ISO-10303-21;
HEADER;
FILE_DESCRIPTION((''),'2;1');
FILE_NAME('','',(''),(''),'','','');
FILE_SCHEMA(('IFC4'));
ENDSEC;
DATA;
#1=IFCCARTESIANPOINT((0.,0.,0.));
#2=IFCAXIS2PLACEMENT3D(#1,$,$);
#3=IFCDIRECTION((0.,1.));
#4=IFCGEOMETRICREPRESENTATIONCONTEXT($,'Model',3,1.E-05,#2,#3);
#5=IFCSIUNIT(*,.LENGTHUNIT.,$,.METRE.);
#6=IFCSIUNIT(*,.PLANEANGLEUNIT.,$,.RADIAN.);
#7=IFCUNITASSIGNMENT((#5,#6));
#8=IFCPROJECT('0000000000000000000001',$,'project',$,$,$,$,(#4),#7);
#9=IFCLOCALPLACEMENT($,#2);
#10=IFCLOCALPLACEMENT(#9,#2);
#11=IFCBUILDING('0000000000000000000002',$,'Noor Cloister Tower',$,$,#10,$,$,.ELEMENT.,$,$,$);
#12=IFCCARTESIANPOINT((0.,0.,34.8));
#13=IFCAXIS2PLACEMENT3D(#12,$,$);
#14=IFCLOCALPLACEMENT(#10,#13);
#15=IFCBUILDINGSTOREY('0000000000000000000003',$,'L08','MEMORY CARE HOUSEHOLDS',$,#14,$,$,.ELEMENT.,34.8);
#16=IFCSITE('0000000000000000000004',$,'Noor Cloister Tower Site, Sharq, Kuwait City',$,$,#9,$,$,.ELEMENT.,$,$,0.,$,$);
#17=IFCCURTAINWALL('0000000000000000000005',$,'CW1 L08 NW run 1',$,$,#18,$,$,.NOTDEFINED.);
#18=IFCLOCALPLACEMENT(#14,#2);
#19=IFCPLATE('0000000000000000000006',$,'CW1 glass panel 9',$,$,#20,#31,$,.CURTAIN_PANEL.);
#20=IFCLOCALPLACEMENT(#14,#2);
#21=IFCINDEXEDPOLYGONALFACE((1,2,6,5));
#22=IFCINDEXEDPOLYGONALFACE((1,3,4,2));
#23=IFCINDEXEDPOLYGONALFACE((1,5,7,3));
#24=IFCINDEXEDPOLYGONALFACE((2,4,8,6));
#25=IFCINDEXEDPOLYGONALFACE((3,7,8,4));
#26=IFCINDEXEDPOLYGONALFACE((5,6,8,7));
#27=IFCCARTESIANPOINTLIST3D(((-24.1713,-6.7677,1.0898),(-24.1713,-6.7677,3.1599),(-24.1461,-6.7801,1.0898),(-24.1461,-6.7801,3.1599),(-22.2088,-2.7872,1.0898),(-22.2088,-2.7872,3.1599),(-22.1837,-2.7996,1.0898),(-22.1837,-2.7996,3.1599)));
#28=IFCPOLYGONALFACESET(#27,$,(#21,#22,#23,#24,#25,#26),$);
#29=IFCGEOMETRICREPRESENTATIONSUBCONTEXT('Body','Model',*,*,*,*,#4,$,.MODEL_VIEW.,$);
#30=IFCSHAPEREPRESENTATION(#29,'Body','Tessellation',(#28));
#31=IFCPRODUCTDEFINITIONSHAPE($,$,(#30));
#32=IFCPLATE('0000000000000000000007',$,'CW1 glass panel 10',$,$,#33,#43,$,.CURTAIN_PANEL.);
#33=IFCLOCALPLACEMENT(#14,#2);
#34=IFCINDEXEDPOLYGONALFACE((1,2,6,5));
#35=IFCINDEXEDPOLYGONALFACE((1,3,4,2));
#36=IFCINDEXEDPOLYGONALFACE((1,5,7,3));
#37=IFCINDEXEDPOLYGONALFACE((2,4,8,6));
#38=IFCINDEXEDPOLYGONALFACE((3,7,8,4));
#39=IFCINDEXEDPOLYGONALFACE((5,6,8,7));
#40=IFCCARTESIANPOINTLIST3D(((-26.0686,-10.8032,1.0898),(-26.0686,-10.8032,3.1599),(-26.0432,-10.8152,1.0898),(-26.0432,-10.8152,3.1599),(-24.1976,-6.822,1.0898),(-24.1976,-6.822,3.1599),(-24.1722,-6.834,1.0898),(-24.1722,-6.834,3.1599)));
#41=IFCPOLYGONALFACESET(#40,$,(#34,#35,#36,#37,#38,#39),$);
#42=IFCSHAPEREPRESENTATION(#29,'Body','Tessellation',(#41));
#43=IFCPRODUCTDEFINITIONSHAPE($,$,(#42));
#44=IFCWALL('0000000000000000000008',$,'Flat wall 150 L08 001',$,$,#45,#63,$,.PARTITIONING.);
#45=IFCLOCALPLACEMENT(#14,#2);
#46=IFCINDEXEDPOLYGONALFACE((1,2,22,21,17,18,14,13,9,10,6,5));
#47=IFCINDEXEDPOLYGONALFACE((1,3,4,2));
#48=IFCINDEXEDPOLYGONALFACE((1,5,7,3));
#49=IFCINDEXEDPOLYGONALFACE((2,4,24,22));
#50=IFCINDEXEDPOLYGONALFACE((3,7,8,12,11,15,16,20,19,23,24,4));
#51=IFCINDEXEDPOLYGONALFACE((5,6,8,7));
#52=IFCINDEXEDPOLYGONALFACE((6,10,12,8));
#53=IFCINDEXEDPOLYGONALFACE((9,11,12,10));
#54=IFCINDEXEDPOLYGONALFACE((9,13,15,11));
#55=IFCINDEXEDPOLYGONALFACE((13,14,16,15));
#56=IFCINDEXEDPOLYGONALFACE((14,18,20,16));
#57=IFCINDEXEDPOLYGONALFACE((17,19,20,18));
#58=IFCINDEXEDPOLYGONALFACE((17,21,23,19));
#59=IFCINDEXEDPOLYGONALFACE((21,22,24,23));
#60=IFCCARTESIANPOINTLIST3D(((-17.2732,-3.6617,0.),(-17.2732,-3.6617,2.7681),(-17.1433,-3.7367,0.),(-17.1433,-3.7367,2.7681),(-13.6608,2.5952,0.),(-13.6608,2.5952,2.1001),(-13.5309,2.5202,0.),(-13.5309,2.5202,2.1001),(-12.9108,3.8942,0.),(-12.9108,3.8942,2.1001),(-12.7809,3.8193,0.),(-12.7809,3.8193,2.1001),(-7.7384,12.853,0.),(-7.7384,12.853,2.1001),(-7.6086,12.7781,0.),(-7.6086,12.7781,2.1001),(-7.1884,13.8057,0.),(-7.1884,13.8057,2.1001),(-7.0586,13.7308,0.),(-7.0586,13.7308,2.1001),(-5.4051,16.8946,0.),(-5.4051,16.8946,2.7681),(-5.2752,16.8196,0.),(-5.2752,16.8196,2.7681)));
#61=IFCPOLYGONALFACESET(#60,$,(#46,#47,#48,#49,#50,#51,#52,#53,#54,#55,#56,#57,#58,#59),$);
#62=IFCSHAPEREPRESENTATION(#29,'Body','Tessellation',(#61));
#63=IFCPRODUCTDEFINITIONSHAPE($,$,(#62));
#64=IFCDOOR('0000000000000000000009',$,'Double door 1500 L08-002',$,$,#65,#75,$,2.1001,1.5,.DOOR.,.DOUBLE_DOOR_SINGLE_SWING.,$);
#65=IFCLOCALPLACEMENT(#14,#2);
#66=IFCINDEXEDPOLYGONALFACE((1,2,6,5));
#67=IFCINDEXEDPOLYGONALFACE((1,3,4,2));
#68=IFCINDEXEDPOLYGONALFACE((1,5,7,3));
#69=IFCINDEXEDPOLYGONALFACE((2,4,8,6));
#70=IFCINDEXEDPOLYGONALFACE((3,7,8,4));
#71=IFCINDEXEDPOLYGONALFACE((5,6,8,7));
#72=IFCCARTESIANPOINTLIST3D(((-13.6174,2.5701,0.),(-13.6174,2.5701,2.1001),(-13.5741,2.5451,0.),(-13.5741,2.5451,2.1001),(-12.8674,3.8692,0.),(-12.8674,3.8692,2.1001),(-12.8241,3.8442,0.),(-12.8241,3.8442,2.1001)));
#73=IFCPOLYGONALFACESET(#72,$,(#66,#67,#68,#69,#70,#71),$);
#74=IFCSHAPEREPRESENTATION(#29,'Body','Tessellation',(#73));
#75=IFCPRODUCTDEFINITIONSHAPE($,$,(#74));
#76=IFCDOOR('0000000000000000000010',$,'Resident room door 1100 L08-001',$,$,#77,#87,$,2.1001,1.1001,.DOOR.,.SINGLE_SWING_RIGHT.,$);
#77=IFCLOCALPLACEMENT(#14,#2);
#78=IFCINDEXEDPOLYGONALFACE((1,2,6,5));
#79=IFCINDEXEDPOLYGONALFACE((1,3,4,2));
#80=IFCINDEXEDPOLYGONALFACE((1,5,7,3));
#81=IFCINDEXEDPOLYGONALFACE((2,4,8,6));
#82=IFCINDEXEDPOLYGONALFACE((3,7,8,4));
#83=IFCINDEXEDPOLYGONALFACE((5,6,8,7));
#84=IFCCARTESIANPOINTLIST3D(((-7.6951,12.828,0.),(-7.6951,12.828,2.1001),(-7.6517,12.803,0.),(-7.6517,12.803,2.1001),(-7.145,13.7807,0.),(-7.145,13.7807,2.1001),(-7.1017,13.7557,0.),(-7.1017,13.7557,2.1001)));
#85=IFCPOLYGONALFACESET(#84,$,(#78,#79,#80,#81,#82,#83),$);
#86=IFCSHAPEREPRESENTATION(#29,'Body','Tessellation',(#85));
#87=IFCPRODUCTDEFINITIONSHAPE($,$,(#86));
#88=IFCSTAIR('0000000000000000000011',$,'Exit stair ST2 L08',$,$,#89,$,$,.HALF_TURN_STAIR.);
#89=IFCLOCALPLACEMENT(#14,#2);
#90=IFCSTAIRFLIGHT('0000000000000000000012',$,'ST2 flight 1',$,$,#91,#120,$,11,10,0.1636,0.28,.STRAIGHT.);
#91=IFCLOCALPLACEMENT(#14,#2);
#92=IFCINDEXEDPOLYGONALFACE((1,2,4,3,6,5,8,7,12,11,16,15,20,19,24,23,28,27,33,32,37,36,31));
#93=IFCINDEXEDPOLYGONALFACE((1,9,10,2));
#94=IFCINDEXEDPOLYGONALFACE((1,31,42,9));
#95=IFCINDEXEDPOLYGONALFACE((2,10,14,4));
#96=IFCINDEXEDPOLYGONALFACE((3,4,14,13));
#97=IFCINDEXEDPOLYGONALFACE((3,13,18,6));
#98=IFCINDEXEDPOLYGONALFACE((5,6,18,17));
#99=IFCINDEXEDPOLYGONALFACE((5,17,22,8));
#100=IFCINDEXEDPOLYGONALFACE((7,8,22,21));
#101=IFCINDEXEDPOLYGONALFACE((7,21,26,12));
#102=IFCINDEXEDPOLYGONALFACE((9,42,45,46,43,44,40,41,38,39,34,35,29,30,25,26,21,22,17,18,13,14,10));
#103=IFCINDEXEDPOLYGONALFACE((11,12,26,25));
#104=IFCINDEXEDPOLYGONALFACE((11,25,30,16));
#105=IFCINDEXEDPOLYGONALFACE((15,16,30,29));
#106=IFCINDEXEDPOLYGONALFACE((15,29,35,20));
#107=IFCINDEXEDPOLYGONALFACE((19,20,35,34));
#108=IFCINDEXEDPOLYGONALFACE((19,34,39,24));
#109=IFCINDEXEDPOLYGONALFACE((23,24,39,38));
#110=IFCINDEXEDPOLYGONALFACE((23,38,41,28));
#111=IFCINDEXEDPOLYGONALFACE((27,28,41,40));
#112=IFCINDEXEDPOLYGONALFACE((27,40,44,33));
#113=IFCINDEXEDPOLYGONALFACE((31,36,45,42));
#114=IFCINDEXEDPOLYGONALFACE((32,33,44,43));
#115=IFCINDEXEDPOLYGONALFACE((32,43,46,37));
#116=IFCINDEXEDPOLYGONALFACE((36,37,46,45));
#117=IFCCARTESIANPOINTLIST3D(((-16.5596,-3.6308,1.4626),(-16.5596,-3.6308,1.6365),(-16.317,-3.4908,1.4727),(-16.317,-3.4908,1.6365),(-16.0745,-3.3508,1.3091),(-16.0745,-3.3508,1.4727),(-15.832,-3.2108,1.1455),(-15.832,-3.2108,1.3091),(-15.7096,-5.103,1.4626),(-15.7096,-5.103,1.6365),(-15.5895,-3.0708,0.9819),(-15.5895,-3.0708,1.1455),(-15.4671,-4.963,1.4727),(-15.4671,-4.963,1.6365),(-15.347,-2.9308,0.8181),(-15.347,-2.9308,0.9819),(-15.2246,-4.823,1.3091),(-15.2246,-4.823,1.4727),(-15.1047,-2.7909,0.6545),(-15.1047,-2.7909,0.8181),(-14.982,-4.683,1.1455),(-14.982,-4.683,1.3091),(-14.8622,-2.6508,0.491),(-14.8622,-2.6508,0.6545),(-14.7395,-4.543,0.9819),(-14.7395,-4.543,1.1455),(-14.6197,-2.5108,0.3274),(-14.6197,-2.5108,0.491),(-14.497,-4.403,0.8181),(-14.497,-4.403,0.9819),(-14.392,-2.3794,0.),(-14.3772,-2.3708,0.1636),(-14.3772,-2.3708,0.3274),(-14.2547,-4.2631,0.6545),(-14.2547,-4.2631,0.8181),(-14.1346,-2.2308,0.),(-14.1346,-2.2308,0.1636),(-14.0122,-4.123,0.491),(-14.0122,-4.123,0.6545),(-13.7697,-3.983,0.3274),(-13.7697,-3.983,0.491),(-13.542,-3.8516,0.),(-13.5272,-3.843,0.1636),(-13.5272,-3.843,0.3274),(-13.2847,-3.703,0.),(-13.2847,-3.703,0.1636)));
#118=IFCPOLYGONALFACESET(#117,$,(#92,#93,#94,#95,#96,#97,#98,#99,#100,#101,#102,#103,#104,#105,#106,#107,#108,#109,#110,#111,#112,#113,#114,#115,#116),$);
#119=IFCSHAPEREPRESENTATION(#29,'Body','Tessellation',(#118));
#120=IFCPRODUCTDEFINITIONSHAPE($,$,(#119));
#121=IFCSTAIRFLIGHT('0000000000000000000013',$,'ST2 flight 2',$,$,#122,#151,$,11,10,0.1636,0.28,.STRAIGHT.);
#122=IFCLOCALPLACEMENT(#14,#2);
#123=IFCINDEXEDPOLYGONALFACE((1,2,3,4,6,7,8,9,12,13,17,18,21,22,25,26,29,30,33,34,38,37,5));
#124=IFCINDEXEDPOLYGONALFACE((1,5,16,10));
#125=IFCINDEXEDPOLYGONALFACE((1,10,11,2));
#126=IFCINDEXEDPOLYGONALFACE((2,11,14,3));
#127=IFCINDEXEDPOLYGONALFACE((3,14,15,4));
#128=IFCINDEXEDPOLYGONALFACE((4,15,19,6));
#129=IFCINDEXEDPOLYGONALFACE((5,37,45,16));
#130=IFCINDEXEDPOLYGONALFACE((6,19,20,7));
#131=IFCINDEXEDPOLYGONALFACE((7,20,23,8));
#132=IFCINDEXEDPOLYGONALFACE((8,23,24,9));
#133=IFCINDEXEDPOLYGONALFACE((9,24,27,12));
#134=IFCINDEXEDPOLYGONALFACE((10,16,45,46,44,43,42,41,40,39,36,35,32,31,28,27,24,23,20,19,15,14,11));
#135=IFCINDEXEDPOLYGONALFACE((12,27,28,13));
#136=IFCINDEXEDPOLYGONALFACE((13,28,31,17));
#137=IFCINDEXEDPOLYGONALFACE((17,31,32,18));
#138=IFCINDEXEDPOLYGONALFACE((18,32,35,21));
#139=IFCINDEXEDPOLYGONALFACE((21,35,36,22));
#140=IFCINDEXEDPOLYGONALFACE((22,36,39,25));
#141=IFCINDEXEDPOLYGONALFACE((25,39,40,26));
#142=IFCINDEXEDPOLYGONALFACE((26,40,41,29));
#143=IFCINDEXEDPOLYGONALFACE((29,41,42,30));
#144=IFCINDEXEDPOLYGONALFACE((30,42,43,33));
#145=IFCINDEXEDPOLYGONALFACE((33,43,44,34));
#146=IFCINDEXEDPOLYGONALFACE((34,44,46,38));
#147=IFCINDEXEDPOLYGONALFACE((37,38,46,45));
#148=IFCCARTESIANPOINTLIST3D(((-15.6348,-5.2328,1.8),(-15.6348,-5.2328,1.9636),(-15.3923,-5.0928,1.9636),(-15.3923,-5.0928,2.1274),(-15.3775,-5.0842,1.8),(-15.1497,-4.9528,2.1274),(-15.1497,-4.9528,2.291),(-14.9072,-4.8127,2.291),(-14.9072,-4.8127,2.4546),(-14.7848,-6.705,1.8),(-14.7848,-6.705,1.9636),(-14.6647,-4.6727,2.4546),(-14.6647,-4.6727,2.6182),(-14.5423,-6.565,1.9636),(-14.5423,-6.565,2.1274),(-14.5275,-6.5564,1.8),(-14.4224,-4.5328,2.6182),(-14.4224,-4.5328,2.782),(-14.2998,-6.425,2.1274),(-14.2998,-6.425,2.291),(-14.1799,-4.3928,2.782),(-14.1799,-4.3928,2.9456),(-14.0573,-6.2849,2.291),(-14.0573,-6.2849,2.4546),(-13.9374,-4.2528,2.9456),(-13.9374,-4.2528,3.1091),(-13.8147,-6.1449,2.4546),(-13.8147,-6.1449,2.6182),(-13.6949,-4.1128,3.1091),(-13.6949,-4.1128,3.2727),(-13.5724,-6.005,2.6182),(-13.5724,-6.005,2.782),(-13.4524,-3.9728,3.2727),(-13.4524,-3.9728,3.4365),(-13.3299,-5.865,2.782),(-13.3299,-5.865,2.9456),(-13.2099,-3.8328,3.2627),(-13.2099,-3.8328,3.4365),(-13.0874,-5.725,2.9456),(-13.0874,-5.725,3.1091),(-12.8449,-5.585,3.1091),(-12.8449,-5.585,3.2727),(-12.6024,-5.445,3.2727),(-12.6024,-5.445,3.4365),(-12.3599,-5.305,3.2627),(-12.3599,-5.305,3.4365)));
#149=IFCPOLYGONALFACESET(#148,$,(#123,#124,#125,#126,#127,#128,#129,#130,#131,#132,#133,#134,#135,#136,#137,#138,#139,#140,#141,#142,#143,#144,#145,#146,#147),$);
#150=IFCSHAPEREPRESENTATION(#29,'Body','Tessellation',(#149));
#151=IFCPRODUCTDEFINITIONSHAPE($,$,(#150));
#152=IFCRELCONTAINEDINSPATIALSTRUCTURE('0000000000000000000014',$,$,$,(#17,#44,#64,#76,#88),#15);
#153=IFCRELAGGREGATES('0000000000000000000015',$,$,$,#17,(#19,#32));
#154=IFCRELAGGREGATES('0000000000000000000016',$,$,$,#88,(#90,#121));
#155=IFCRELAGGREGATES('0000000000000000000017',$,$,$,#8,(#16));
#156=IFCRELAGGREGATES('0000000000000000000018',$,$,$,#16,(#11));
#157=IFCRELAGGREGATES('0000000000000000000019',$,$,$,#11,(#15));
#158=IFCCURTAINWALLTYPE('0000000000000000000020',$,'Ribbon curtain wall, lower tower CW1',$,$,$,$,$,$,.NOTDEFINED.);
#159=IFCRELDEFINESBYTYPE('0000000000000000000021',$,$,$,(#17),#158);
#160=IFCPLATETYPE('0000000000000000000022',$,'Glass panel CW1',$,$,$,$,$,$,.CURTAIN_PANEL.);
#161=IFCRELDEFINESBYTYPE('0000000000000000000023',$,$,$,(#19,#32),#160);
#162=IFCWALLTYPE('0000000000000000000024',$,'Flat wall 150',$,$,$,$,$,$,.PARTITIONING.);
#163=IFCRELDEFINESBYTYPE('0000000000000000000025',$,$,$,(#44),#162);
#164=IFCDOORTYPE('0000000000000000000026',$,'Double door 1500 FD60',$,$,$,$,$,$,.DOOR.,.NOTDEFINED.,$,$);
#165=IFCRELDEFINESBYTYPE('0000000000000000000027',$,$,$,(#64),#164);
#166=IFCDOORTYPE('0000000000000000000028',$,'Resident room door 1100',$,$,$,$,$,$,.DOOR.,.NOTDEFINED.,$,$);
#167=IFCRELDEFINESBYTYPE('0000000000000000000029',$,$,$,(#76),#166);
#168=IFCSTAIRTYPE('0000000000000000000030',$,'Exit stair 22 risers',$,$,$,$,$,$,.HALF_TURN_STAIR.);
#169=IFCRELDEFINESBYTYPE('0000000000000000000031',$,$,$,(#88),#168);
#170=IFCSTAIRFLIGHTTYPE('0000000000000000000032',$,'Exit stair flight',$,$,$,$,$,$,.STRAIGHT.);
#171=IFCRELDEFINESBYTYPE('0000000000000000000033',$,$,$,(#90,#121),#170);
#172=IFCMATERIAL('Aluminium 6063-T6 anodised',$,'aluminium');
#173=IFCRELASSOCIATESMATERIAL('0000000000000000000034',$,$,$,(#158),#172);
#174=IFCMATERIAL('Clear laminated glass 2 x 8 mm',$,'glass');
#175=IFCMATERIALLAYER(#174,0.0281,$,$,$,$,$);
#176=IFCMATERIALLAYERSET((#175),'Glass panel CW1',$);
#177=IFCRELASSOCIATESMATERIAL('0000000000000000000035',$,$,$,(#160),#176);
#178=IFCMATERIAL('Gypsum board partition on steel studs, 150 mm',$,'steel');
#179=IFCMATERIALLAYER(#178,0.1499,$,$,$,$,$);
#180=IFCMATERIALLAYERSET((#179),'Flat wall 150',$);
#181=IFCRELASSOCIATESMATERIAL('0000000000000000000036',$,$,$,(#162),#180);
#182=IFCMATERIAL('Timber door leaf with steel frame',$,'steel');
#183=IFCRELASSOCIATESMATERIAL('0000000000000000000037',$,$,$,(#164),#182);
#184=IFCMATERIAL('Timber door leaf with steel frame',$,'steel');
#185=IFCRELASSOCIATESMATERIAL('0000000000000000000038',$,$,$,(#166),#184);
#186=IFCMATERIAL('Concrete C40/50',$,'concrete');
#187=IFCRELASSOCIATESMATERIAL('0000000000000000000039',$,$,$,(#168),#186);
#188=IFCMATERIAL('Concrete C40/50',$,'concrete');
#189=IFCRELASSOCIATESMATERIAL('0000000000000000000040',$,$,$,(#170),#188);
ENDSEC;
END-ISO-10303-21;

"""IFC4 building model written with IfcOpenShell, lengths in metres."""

from ifc_helpers import new_model, si_unit, direction, frame, frame_2d, origin, origin_2d, place, context, subcontext, project, spatial, polyline, rectangle, outline, extrude, material, layer, layer_set, type_object, element, fill, aggregate, save


model = new_model("IFC4")

# Units and contexts
model_context = context("Model", 3, precision=1e-05, world=origin(), true_north=direction((0.0, 1.0)))
body_context = subcontext(model_context, "Body", "Model", "MODEL_VIEW")
ifc_project = project(units=[si_unit("LENGTHUNIT", "METRE"), si_unit("PLANEANGLEUNIT", "RADIAN")], contexts=[model_context])

# Site, building, storey
site_placement = place(None, origin())
site = spatial("IfcSite", under=ifc_project, at=site_placement, Name="Noor Cloister Tower Site, Sharq, Kuwait City", CompositionType="ELEMENT", RefElevation=0.0)
building_placement = place(site_placement, origin())
building = spatial("IfcBuilding", under=site, at=building_placement, Name="Noor Cloister Tower", CompositionType="ELEMENT")
storey_placement = place(building_placement, frame((0.0, 0.0, 34.8)))
storey = spatial("IfcBuildingStorey", under=building, at=storey_placement, Name="L08", Description="MEMORY CARE HOUSEHOLDS", CompositionType="ELEMENT", Elevation=34.8)

# Curtain wall
ifc_material_1 = material(Name="Aluminium 6063-T6 anodised", Category="aluminium")
curtain_wall_type = type_object("IfcCurtainWallType", Name="Ribbon curtain wall, lower tower CW1", PredefinedType="NOTDEFINED", material=ifc_material_1)
curtain_wall_placement = place(storey_placement, origin())
curtain_wall = element("IfcCurtainWall", 1, at=curtain_wall_placement, inside=storey, type_object=curtain_wall_type, Name="CW1 L08 NW run 1", PredefinedType="NOTDEFINED")

# Plates
ifc_material_2 = material(Name="Clear laminated glass 2 x 8 mm", Category="glass")
ifc_layer_1 = layer(ifc_material_2, 0.0281)
ifc_layer_set_1 = layer_set([ifc_layer_1], Name="Glass panel CW1")
plate_type = type_object("IfcPlateType", Name="Glass panel CW1", PredefinedType="CURTAIN_PANEL", material=ifc_layer_set_1)
plate_1_placement = place(storey_placement, frame((-23.1775, -4.7837, 1.0898), z_axis=(0.0, 0.0, 1.0), x_axis=(-0.442202, -0.896915, 0.0)))
plate_1 = element("IfcPlate", 2, at=plate_1_placement, type_object=plate_type, Name="CW1 glass panel 9", PredefinedType="CURTAIN_PANEL", context=body_context, shape_type="SweptSolid", body=[
    extrude(rectangle(XDim=4.438, YDim=0.0281, at=origin_2d()), origin(), (0.0, 0.0, 1.0), 2.0701),
])
plate_2_placement = place(storey_placement, frame((-25.1204, -8.8186, 1.0898), z_axis=(0.0, 0.0, 1.0), x_axis=(-0.425329, -0.905039, 0.0)))
plate_2 = element("IfcPlate", 3, at=plate_2_placement, type_object=plate_type, Name="CW1 glass panel 10", PredefinedType="CURTAIN_PANEL", context=body_context, shape_type="SweptSolid", body=[
    extrude(rectangle(XDim=4.3989, YDim=0.0281, at=origin_2d()), origin(), (0.0, 0.0, 1.0), 2.0701),
])
aggregate(curtain_wall, [plate_1, plate_2])

# Wall, openings, doors
ifc_material_3 = material(Name="Gypsum board partition on steel studs, 150 mm", Category="steel")
ifc_layer_2 = layer(ifc_material_3, 0.1499)
ifc_layer_set_2 = layer_set([ifc_layer_2], Name="Flat wall 150")
wall_type = type_object("IfcWallType", Name="Flat wall 150", PredefinedType="PARTITIONING", material=ifc_layer_set_2)
wall_placement = place(storey_placement, frame((-17.2083, -3.6992, 0.0), z_axis=(0.0, 0.0, 1.0), x_axis=(0.499998, 0.866027, 0.0)))
wall = element("IfcWall", 4, at=wall_placement, inside=storey, type_object=wall_type, Name="Flat wall 150 L08 001", PredefinedType="PARTITIONING", context=body_context, shape_type="SweptSolid", body=[
    extrude(rectangle(XDim=23.7363, YDim=0.1499, at=frame_2d((11.8682, 0.0))), origin(), (0.0, 0.0, 1.0), 2.7681),
])
opening_1_placement = place(wall_placement, frame((19.0696, 0.0, 0.0)))
opening_1 = element("IfcOpeningElement", 5, at=opening_1_placement, cuts=wall, PredefinedType="OPENING", context=body_context, shape_type="SweptSolid", body=[
    extrude(rectangle(XDim=1.1001, YDim=2.1001, at=frame_2d((0.55, 1.05))), frame((0.0, 0.085, 0.0), z_axis=(0.0, -1.0, 0.0), x_axis=(1.0, 0.0, 0.0)), (0.0, 0.0, 1.0), 0.1699),
])
opening_2_placement = place(wall_placement, frame((7.2249, 0.0, 0.0)))
opening_2 = element("IfcOpeningElement", 6, at=opening_2_placement, cuts=wall, PredefinedType="OPENING", context=body_context, shape_type="SweptSolid", body=[
    extrude(rectangle(XDim=1.5, YDim=2.1001, at=frame_2d((0.75, 1.05))), frame((0.0, 0.085, 0.0), z_axis=(0.0, -1.0, 0.0), x_axis=(1.0, 0.0, 0.0)), (0.0, 0.0, 1.0), 0.1699),
])
ifc_material_4 = material(Name="Timber door leaf with steel frame", Category="steel")
door_type_1 = type_object("IfcDoorType", Name="Double door 1500 FD60", OperationType="NOTDEFINED", PredefinedType="DOOR", material=ifc_material_4)
door_1_placement = place(opening_2_placement, origin())
door_1 = element("IfcDoor", 7, at=door_1_placement, inside=storey, type_object=door_type_1, Name="Double door 1500 L08-002", OperationType="DOUBLE_DOOR_SINGLE_SWING", OverallHeight=2.1001, OverallWidth=1.5, PredefinedType="DOOR", context=body_context, shape_type="SweptSolid", body=[
    extrude(rectangle(XDim=1.5, YDim=2.1001, at=frame_2d((0.75, 1.05))), frame((0.0, 0.0249, 0.0), z_axis=(0.0, -1.0, 0.0), x_axis=(1.0, 0.0, 0.0)), (0.0, 0.0, 1.0), 0.05),
])
fill(opening_2, door_1)
ifc_material_5 = material(Name="Timber door leaf with steel frame", Category="steel")
door_type_2 = type_object("IfcDoorType", Name="Resident room door 1100", OperationType="NOTDEFINED", PredefinedType="DOOR", material=ifc_material_5)
door_2_placement = place(opening_1_placement, origin())
door_2 = element("IfcDoor", 8, at=door_2_placement, inside=storey, type_object=door_type_2, Name="Resident room door 1100 L08-001", OperationType="SINGLE_SWING_RIGHT", OverallHeight=2.1001, OverallWidth=1.1001, PredefinedType="DOOR", context=body_context, shape_type="SweptSolid", body=[
    extrude(rectangle(XDim=1.1001, YDim=2.1001, at=frame_2d((0.55, 1.05))), frame((0.0, 0.0249, 0.0), z_axis=(0.0, -1.0, 0.0), x_axis=(1.0, 0.0, 0.0)), (0.0, 0.0, 1.0), 0.05),
])
fill(opening_1, door_2)

# Stair, stair flights
ifc_material_6 = material(Name="Concrete C40/50", Category="concrete")
stair_type = type_object("IfcStairType", Name="Exit stair 22 risers", PredefinedType="HALF_TURN_STAIR", material=ifc_material_6)
stair_placement = place(storey_placement, origin())
stair = element("IfcStair", 9, at=stair_placement, inside=storey, type_object=stair_type, Name="Exit stair ST2 L08", PredefinedType="HALF_TURN_STAIR")
ifc_material_7 = material(Name="Concrete C40/50", Category="concrete")
stair_flight_type = type_object("IfcStairFlightType", Name="Exit stair flight", PredefinedType="STRAIGHT", material=ifc_material_7)
stair_flight_1_placement = place(storey_placement, frame((-13.7097, -2.9668, 0.0), z_axis=(0.0, 0.0, 1.0), x_axis=(-0.866025, -0.5, 0.0)))
stair_flight_1 = element("IfcStairFlight", 10, at=stair_flight_1_placement, type_object=stair_flight_type, Name="ST2 flight 1", NumberOfRisers=11, NumberOfTreads=10, PredefinedType="STRAIGHT", RiserHeight=0.1636, TreadLength=0.28, context=body_context, shape_type="SweptSolid", body=[
    extrude(outline(polyline([(0.0, 0.0), (0.0, 0.1636), (0.28, 0.1636), (0.28, 0.3274), (0.5601, 0.3274), (0.5601, 0.491), (0.8401, 0.491), (0.8401, 0.6545), (1.1201, 0.6545), (1.1201, 0.8181), (1.3999, 0.8181), (1.3999, 0.9819), (1.6799, 0.9819), (1.6799, 1.1455), (1.96, 1.1455), (1.96, 1.3091), (2.24, 1.3091), (2.24, 1.4727), (2.52, 1.4727), (2.52, 1.6365), (2.8, 1.6365), (2.8, 1.8), (2.8, 1.4626), (0.2971, 0.0), (0.0, 0.0)])), frame((0.0, 0.8501, 0.0), z_axis=(0.0, -1.0, 0.0), x_axis=(1.0, 0.0, 0.0)), (0.0, 0.0, 1.0), 1.7),
])
stair_flight_2_placement = place(storey_placement, frame((-15.2097, -5.969, 1.8), z_axis=(0.0, 0.0, 1.0), x_axis=(0.866025, 0.5, 0.0)))
stair_flight_2 = element("IfcStairFlight", 11, at=stair_flight_2_placement, type_object=stair_flight_type, Name="ST2 flight 2", NumberOfRisers=11, NumberOfTreads=10, PredefinedType="STRAIGHT", RiserHeight=0.1636, TreadLength=0.28, context=body_context, shape_type="SweptSolid", body=[
    extrude(outline(polyline([(0.0, 0.0), (0.0, 0.1636), (0.28, 0.1636), (0.28, 0.3274), (0.5601, 0.3274), (0.5601, 0.491), (0.8401, 0.491), (0.8401, 0.6545), (1.1201, 0.6545), (1.1201, 0.8181), (1.3999, 0.8181), (1.3999, 0.9819), (1.6799, 0.9819), (1.6799, 1.1455), (1.96, 1.1455), (1.96, 1.3091), (2.24, 1.3091), (2.24, 1.4727), (2.52, 1.4727), (2.52, 1.6365), (2.8, 1.6365), (2.8, 1.8), (2.8, 1.4626), (0.2971, 0.0), (0.0, 0.0)])), frame((0.0, 0.8501, 0.0), z_axis=(0.0, -1.0, 0.0), x_axis=(1.0, 0.0, 0.0)), (0.0, 0.0, 1.0), 1.7),
])
aggregate(stair, [stair_flight_1, stair_flight_2])

save(model, "model.ifc")
